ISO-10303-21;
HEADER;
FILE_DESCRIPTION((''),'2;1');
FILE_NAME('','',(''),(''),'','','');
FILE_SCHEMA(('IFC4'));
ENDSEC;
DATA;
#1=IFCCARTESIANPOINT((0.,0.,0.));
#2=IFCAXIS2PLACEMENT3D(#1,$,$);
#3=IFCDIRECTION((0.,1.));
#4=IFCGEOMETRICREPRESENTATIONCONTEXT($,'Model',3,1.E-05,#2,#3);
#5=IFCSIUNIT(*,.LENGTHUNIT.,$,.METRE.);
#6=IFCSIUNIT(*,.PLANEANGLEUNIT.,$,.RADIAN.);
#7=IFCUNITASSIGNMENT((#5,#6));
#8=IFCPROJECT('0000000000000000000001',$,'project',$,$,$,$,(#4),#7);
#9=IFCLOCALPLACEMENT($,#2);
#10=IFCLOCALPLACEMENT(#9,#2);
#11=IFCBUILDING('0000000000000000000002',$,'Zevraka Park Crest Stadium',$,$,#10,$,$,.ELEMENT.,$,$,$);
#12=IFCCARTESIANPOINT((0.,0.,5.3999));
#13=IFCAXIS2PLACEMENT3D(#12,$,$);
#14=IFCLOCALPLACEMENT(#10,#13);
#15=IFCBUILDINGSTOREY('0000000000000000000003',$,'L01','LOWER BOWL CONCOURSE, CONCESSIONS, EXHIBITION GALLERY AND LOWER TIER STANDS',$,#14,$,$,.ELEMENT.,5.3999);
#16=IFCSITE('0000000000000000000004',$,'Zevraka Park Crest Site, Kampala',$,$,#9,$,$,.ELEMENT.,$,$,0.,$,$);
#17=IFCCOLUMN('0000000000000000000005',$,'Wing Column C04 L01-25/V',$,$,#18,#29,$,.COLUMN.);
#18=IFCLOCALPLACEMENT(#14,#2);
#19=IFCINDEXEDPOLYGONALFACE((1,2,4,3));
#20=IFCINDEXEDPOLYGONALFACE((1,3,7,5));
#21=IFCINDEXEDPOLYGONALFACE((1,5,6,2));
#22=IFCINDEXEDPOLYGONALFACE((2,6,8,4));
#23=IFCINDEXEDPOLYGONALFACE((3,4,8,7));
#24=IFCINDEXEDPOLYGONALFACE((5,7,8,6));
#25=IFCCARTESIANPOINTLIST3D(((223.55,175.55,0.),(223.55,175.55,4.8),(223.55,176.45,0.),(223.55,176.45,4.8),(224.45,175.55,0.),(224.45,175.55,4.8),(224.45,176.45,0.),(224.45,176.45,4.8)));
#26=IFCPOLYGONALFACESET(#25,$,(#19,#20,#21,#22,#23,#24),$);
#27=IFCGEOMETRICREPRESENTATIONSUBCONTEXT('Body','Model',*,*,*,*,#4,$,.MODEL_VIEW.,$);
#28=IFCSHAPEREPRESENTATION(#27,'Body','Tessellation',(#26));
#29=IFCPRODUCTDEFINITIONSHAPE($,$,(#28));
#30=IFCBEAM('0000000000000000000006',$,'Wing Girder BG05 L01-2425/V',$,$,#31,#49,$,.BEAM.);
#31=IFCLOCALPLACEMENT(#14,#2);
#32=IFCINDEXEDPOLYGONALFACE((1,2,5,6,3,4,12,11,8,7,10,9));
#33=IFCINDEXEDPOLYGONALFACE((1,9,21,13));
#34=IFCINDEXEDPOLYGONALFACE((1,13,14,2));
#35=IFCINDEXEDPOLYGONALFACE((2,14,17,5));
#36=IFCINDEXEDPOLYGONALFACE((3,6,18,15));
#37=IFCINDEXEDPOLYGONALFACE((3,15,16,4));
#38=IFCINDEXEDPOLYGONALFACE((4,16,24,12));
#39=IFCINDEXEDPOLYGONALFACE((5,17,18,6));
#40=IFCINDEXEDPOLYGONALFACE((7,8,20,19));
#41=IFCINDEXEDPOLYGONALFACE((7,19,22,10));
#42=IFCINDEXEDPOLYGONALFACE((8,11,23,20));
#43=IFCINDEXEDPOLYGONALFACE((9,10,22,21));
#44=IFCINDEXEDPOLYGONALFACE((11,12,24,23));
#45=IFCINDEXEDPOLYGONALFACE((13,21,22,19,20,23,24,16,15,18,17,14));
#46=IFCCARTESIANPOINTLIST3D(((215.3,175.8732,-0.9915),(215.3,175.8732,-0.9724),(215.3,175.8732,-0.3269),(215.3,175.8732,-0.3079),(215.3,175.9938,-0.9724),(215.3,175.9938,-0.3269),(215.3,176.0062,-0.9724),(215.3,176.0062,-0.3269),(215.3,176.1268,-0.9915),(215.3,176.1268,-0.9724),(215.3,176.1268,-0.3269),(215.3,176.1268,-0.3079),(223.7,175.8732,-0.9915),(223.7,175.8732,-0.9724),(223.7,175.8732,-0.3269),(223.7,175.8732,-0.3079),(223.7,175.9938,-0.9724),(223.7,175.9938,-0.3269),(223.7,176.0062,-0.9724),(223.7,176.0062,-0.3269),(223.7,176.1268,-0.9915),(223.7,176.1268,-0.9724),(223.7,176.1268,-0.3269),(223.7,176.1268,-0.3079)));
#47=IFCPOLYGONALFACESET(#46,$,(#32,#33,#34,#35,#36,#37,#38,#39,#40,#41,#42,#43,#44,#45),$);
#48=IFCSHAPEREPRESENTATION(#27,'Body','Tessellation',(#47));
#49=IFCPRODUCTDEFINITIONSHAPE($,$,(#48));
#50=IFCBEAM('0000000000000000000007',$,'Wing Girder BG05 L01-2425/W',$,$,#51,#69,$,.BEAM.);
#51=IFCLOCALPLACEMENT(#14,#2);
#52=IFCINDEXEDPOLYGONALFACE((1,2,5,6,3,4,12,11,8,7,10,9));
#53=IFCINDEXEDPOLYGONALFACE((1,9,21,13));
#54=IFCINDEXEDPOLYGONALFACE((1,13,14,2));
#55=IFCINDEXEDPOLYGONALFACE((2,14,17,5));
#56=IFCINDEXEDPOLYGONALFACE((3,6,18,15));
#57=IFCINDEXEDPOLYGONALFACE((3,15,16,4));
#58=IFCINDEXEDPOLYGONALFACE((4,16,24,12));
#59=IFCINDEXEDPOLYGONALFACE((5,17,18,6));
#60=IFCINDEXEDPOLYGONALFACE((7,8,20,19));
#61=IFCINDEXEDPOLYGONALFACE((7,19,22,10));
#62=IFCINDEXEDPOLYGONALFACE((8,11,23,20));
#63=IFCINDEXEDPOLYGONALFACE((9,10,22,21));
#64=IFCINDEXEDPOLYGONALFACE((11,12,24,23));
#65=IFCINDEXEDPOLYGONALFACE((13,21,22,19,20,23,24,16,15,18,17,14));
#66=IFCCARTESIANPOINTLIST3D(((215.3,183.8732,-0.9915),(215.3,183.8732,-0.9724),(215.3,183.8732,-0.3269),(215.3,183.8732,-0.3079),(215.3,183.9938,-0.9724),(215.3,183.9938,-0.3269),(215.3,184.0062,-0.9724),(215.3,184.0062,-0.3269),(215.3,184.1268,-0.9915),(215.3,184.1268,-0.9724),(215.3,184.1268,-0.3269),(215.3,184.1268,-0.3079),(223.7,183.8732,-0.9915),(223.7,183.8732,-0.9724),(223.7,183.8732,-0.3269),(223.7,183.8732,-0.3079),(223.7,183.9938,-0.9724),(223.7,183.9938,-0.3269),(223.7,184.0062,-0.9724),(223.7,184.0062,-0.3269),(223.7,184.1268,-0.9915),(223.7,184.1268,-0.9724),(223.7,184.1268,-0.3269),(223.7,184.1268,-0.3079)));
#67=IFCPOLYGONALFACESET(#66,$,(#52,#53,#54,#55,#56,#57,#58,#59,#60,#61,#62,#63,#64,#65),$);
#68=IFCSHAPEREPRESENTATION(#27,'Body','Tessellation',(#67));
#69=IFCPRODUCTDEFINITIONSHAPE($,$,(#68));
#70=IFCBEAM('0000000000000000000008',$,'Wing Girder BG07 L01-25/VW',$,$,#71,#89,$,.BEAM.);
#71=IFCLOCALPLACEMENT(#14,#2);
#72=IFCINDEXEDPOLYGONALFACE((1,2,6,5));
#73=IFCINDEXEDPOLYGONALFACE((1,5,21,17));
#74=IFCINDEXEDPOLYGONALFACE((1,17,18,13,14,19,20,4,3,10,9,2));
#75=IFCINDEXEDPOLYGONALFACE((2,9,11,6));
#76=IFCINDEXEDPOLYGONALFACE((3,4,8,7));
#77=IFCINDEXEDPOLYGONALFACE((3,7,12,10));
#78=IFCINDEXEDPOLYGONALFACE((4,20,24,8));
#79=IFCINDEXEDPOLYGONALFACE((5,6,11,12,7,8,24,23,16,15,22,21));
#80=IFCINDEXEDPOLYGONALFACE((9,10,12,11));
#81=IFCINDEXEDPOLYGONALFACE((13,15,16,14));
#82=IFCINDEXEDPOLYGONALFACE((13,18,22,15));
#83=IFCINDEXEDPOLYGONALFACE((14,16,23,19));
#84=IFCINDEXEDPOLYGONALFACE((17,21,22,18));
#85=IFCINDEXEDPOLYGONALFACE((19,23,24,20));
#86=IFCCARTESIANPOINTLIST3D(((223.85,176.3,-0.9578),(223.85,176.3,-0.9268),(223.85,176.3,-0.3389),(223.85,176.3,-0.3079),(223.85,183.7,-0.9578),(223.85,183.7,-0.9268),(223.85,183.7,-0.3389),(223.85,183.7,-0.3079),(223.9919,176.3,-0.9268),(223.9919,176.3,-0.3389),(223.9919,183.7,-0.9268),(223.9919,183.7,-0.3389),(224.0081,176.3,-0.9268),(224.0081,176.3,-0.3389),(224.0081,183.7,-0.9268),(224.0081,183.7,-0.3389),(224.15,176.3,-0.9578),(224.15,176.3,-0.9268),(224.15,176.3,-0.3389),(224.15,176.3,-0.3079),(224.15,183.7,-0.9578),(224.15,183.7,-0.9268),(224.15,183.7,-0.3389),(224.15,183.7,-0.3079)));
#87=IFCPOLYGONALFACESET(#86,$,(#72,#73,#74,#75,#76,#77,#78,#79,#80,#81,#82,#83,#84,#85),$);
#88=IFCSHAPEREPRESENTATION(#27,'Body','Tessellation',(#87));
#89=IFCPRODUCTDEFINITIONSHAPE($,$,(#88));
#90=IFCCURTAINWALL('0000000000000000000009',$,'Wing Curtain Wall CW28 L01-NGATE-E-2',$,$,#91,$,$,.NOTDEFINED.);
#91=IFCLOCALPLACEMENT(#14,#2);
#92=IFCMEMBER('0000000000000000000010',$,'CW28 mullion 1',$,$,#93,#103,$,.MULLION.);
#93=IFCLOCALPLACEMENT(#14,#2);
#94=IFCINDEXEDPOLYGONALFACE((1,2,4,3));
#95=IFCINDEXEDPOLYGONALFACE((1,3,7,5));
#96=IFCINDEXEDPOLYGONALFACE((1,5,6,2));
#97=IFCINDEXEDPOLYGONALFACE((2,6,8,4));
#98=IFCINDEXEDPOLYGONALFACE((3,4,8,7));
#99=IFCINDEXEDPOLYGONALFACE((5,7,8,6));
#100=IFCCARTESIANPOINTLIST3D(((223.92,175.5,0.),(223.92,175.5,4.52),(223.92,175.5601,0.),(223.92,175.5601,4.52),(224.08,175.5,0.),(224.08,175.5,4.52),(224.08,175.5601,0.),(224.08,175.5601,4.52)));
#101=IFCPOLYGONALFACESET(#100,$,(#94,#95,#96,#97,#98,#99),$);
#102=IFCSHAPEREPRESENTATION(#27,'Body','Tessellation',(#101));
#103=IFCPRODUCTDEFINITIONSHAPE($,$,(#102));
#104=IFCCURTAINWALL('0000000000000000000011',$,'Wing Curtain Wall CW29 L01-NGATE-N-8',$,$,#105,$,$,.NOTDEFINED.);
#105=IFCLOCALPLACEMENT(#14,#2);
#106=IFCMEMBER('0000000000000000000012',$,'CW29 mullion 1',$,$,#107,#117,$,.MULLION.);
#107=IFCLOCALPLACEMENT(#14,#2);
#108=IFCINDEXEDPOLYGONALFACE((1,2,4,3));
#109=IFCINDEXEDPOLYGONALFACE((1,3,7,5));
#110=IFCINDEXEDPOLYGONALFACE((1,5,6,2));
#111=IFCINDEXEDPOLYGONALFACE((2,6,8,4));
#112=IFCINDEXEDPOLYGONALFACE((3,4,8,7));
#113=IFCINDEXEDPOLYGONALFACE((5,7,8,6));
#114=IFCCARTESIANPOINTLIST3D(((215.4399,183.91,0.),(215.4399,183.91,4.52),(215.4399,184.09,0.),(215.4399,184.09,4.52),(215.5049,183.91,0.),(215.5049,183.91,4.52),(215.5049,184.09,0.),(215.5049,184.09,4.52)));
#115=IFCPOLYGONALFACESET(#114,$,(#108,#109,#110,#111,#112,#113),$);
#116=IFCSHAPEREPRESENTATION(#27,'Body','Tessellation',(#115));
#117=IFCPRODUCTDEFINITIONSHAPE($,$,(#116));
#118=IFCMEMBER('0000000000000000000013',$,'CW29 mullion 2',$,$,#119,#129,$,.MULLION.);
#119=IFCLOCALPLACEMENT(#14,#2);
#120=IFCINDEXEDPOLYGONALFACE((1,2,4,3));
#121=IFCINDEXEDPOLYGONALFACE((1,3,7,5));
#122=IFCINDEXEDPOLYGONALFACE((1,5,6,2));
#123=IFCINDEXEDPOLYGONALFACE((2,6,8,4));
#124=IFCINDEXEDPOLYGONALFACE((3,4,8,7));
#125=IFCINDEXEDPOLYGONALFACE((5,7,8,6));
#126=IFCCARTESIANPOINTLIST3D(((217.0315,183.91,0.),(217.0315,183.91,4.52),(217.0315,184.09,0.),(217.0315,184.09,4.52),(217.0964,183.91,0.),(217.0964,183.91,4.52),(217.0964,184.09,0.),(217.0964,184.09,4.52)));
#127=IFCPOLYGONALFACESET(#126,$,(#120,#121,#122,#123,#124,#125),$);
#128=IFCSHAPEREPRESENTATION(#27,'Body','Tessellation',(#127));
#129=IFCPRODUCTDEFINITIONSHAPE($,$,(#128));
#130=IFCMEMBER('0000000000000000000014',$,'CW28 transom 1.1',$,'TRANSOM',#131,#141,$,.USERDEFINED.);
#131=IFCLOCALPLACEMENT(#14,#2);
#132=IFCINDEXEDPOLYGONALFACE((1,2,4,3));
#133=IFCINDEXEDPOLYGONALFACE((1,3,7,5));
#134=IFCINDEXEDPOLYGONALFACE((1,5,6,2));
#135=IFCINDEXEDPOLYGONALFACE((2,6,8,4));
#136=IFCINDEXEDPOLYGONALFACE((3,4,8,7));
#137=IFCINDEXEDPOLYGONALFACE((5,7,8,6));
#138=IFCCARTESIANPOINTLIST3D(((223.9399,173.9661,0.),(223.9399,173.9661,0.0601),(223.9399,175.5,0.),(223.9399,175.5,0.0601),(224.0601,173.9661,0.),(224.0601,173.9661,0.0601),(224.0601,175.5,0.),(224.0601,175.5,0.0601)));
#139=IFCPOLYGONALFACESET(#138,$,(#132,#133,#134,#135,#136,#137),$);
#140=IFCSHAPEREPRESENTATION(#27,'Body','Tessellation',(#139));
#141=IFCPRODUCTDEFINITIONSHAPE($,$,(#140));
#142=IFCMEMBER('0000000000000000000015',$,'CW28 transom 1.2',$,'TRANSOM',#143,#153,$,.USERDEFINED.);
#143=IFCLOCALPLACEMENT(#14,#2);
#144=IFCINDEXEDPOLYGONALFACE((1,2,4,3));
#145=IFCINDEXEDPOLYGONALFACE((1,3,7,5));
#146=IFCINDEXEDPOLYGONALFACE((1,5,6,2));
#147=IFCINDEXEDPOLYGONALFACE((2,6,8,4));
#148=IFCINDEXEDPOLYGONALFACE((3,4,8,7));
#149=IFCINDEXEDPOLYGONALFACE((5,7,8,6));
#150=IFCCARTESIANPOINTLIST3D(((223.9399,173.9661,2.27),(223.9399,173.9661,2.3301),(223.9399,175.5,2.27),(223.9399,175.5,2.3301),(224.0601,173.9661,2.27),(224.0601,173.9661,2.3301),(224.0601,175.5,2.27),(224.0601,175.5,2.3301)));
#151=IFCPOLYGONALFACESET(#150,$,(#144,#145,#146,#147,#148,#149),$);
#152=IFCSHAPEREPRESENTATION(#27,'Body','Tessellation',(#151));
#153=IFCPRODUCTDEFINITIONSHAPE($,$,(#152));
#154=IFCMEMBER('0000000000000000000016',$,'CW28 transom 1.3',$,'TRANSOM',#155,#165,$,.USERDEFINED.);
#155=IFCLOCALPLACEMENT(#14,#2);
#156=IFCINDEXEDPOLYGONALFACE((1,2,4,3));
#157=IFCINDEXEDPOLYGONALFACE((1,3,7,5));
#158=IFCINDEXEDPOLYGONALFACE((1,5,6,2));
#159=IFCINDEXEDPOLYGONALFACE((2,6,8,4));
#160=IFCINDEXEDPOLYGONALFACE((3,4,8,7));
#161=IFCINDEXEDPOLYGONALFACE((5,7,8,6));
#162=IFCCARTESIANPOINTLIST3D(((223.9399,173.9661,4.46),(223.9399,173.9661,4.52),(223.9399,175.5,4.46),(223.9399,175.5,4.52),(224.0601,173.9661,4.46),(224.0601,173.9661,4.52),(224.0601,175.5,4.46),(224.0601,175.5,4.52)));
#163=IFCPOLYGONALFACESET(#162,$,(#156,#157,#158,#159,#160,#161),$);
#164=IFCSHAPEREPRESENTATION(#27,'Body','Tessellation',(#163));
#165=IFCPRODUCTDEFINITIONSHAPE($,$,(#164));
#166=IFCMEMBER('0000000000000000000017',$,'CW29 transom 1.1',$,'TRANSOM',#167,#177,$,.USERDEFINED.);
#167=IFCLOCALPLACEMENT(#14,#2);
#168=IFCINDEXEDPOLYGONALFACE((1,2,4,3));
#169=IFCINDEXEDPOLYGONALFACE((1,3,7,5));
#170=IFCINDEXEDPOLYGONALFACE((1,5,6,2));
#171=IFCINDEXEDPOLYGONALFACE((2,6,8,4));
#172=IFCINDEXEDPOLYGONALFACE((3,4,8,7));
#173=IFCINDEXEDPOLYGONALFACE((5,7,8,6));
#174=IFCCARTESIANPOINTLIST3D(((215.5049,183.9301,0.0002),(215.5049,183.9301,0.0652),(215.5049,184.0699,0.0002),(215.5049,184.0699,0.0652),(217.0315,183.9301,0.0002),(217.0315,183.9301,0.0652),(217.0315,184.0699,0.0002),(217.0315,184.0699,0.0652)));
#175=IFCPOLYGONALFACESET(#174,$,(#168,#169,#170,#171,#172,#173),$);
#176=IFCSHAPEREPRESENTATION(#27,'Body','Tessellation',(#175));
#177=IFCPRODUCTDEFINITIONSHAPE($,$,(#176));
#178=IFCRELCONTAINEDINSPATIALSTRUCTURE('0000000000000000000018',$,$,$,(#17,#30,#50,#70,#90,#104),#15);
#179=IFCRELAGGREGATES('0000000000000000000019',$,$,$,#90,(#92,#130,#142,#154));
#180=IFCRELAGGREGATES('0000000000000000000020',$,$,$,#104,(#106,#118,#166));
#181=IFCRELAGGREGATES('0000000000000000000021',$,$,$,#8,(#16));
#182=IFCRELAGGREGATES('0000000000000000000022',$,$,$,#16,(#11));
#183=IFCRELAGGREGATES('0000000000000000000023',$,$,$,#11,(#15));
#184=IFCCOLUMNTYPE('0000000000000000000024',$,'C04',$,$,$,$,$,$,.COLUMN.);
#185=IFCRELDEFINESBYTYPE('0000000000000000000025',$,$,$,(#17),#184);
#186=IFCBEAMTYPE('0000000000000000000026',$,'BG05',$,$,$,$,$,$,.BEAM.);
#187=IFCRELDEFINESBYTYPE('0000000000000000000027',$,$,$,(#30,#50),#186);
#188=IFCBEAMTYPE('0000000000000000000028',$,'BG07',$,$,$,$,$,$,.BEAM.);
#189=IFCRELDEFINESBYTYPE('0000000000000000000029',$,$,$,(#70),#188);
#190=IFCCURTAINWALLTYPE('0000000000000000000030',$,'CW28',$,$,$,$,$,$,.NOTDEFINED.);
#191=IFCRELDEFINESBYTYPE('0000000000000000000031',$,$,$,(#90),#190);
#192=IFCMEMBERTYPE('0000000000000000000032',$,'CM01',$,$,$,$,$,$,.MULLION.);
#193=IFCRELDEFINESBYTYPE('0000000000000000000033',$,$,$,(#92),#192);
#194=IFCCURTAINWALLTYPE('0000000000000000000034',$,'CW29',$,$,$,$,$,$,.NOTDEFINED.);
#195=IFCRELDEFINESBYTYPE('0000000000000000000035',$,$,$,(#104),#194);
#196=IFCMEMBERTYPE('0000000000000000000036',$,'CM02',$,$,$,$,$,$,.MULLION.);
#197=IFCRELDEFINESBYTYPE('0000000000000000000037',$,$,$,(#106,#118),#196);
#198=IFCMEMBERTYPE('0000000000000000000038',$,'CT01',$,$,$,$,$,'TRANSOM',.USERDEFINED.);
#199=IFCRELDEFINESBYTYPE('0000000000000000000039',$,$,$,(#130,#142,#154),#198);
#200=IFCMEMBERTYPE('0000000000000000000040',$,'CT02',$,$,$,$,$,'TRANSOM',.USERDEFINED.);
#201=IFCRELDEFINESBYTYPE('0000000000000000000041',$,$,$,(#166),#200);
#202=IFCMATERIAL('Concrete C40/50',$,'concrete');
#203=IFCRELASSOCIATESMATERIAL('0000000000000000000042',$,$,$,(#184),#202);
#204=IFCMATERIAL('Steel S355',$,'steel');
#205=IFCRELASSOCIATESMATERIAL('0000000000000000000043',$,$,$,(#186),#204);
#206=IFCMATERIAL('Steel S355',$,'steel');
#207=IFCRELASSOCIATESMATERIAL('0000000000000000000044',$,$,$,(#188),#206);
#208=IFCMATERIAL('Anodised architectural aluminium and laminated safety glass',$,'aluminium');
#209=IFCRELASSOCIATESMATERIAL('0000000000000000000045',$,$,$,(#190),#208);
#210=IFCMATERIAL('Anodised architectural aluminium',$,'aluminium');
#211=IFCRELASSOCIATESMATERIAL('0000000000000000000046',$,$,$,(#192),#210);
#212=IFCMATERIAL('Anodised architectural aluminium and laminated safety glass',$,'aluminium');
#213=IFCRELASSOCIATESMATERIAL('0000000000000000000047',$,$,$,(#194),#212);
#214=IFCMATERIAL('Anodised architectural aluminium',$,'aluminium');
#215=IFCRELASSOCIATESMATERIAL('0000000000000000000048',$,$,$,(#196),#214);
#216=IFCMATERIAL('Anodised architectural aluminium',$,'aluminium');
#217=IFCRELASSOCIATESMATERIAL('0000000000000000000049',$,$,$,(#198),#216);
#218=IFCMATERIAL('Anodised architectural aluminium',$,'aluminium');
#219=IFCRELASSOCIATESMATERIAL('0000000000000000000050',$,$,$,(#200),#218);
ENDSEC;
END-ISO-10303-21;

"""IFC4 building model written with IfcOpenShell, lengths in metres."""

from ifc_helpers import new_model, si_unit, direction, frame, origin, origin_2d, place, context, subcontext, project, spatial, rectangle, i_section, extrude, material, material_profile, profile_set, type_object, element, aggregate, save


model = new_model("IFC4")

# Units and contexts
model_context = context("Model", 3, precision=1e-05, world=origin(), true_north=direction((0.0, 1.0)))
body_context = subcontext(model_context, "Body", "Model", "MODEL_VIEW")
ifc_project = project(units=[si_unit("LENGTHUNIT", "METRE"), si_unit("PLANEANGLEUNIT", "RADIAN")], contexts=[model_context])

# Site, building, storey
site_placement = place(None, origin())
site = spatial("IfcSite", under=ifc_project, at=site_placement, Name="Zevraka Park Crest Site, Kampala", CompositionType="ELEMENT", RefElevation=0.0)
building_placement = place(site_placement, origin())
building = spatial("IfcBuilding", under=site, at=building_placement, Name="Zevraka Park Crest Stadium", CompositionType="ELEMENT")
storey_placement = place(building_placement, frame((0.0, 0.0, 5.3999)))
storey = spatial("IfcBuildingStorey", under=building, at=storey_placement, Name="L01", Description="LOWER BOWL CONCOURSE, CONCESSIONS, EXHIBITION GALLERY AND LOWER TIER STANDS", CompositionType="ELEMENT", Elevation=5.3999)

# Column
ifc_material_1 = material(Name="Concrete C40/50", Category="concrete")
ifc_material_profile_1 = material_profile(ifc_material_1, rectangle(XDim=0.8999, YDim=0.8999, at=origin_2d()), Name="RC 900x900")
ifc_profile_set_1 = profile_set([ifc_material_profile_1], Name="Concrete C40/50")
column_type = type_object("IfcColumnType", Name="C04", PredefinedType="COLUMN", material=ifc_profile_set_1)
column_placement = place(storey_placement, frame((224.0, 176.0, 0.0), z_axis=(0.0, 0.0, 1.0), x_axis=(1.0, 0.0, 0.0)))
element("IfcColumn", 1, at=column_placement, inside=storey, type_object=column_type, Name="Wing Column C04 L01-25/V", PredefinedType="COLUMN", context=body_context, shape_type="SweptSolid", body=[
    extrude(rectangle(XDim=0.8999, YDim=0.8999, at=origin_2d()), origin(), (0.0, 0.0, 1.0), 4.8),
])

# Beams
ifc_material_2 = material(Name="Steel S355", Category="steel")
ifc_material_profile_2 = material_profile(ifc_material_2, i_section(OverallWidth=0.2537, OverallDepth=0.6836, WebThickness=0.0125, FlangeThickness=0.019, at=origin_2d()), Name="UKB 686x254x140")
ifc_profile_set_2 = profile_set([ifc_material_profile_2], Name="Steel S355")
beam_type_1 = type_object("IfcBeamType", Name="BG05", PredefinedType="BEAM", material=ifc_profile_set_2)
for number, where, z_axis, x_axis, name in (
    (2, (215.3, 176.0, -0.6497), (1.0, 0.0, 0.0), (0.0, 1.0, 0.0), "Wing Girder BG05 L01-2425/V"),
    (3, (215.3, 184.0, -0.6497), (1.0, 0.0, 0.0), (0.0, 1.0, 0.0), "Wing Girder BG05 L01-2425/W"),
):
    element("IfcBeam", number, at=place(storey_placement, frame(where, z_axis=z_axis, x_axis=x_axis)), inside=storey, type_object=beam_type_1, Name=name, PredefinedType="BEAM", context=body_context, shape_type="SweptSolid", body=[
        extrude(i_section(OverallWidth=0.2537, OverallDepth=0.6836, WebThickness=0.0125, FlangeThickness=0.019, at=origin_2d()), origin(), (0.0, 0.0, 1.0), 8.3999),
    ])
ifc_material_3 = material(Name="Steel S355", Category="steel")
ifc_material_profile_3 = material_profile(ifc_material_3, i_section(OverallWidth=0.3, OverallDepth=0.6499, WebThickness=0.0161, FlangeThickness=0.031, at=origin_2d()), Name="HEB 650")
ifc_profile_set_3 = profile_set([ifc_material_profile_3], Name="Steel S355")
beam_type_2 = type_object("IfcBeamType", Name="BG07", PredefinedType="BEAM", material=ifc_profile_set_3)
beam_placement = place(storey_placement, frame((224.0, 176.3, -0.6328), z_axis=(0.0, 1.0, 0.0), x_axis=(-1.0, 0.0, 0.0)))
element("IfcBeam", 4, at=beam_placement, inside=storey, type_object=beam_type_2, Name="Wing Girder BG07 L01-25/VW", PredefinedType="BEAM", context=body_context, shape_type="SweptSolid", body=[
    extrude(i_section(OverallWidth=0.3, OverallDepth=0.6499, WebThickness=0.0161, FlangeThickness=0.031, at=origin_2d()), origin(), (0.0, 0.0, 1.0), 7.3999),
])

# Curtain wall, member
ifc_material_4 = material(Name="Anodised architectural aluminium and laminated safety glass", Category="aluminium")
curtain_wall_type_1 = type_object("IfcCurtainWallType", Name="CW28", PredefinedType="NOTDEFINED", material=ifc_material_4)
curtain_wall_1_placement = place(storey_placement, origin())
curtain_wall_1 = element("IfcCurtainWall", 5, at=curtain_wall_1_placement, inside=storey, type_object=curtain_wall_type_1, Name="Wing Curtain Wall CW28 L01-NGATE-E-2", PredefinedType="NOTDEFINED")
ifc_material_5 = material(Name="Anodised architectural aluminium", Category="aluminium")
ifc_material_profile_4 = material_profile(ifc_material_5, rectangle(XDim=0.1599, YDim=0.0601, at=origin_2d()), Name="ALU MULLION 160x60")
ifc_profile_set_4 = profile_set([ifc_material_profile_4], Name="Anodised architectural aluminium")
member_type_1 = type_object("IfcMemberType", Name="CM01", PredefinedType="MULLION", material=ifc_profile_set_4)
member_1_placement = place(storey_placement, frame((224.0, 175.53, 0.0), z_axis=(0.0, 0.0, 1.0), x_axis=(1.0, 0.0, 0.0)))
member_1 = element("IfcMember", 6, at=member_1_placement, type_object=member_type_1, Name="CW28 mullion 1", PredefinedType="MULLION", context=body_context, shape_type="SweptSolid", body=[
    extrude(rectangle(XDim=0.1599, YDim=0.0601, at=origin_2d()), origin(), (0.0, 0.0, 1.0), 4.52),
])

# Curtain wall, members
ifc_material_6 = material(Name="Anodised architectural aluminium and laminated safety glass", Category="aluminium")
curtain_wall_type_2 = type_object("IfcCurtainWallType", Name="CW29", PredefinedType="NOTDEFINED", material=ifc_material_6)
curtain_wall_2_placement = place(storey_placement, origin())
curtain_wall_2 = element("IfcCurtainWall", 7, at=curtain_wall_2_placement, inside=storey, type_object=curtain_wall_type_2, Name="Wing Curtain Wall CW29 L01-NGATE-N-8", PredefinedType="NOTDEFINED")
ifc_material_7 = material(Name="Anodised architectural aluminium", Category="aluminium")
ifc_material_profile_5 = material_profile(ifc_material_7, rectangle(XDim=0.1799, YDim=0.0649, at=origin_2d()), Name="ALU MULLION 180x65")
ifc_profile_set_5 = profile_set([ifc_material_profile_5], Name="Anodised architectural aluminium")
member_type_2 = type_object("IfcMemberType", Name="CM02", PredefinedType="MULLION", material=ifc_profile_set_5)
member_2_placement = place(storey_placement, frame((215.4724, 184.0, 0.0), z_axis=(0.0, 0.0, 1.0), x_axis=(0.0, 1.0, 0.0)))
member_2 = element("IfcMember", 8, at=member_2_placement, type_object=member_type_2, Name="CW29 mullion 1", PredefinedType="MULLION", context=body_context, shape_type="SweptSolid", body=[
    extrude(rectangle(XDim=0.1799, YDim=0.0649, at=origin_2d()), origin(), (0.0, 0.0, 1.0), 4.52),
])
member_3_placement = place(storey_placement, frame((217.064, 184.0, 0.0), z_axis=(0.0, 0.0, 1.0), x_axis=(0.0, 1.0, 0.0)))
member_3 = element("IfcMember", 9, at=member_3_placement, type_object=member_type_2, Name="CW29 mullion 2", PredefinedType="MULLION", context=body_context, shape_type="SweptSolid", body=[
    extrude(rectangle(XDim=0.1799, YDim=0.0649, at=origin_2d()), origin(), (0.0, 0.0, 1.0), 4.52),
])

# Members
ifc_material_8 = material(Name="Anodised architectural aluminium", Category="aluminium")
ifc_material_profile_6 = material_profile(ifc_material_8, rectangle(XDim=0.1201, YDim=0.0601, at=origin_2d()), Name="ALU TRANSOM 120x60")
ifc_profile_set_6 = profile_set([ifc_material_profile_6], Name="Anodised architectural aluminium")
member_type_3 = type_object("IfcMemberType", Name="CT01", ElementType="TRANSOM", PredefinedType="USERDEFINED", material=ifc_profile_set_6)
member_4_placement = place(storey_placement, frame((224.0, 175.5, 0.03), z_axis=(0.0, -1.0, 0.0), x_axis=(1.0, 0.0, 0.0)))
member_4 = element("IfcMember", 10, at=member_4_placement, type_object=member_type_3, Name="CW28 transom 1.1", ObjectType="TRANSOM", PredefinedType="USERDEFINED", context=body_context, shape_type="SweptSolid", body=[
    extrude(rectangle(XDim=0.1201, YDim=0.0601, at=origin_2d()), origin(), (0.0, 0.0, 1.0), 1.5339),
])
member_5_placement = place(storey_placement, frame((224.0, 175.5, 2.3), z_axis=(0.0, -1.0, 0.0), x_axis=(1.0, 0.0, 0.0)))
member_5 = element("IfcMember", 11, at=member_5_placement, type_object=member_type_3, Name="CW28 transom 1.2", ObjectType="TRANSOM", PredefinedType="USERDEFINED", context=body_context, shape_type="SweptSolid", body=[
    extrude(rectangle(XDim=0.1201, YDim=0.0601, at=origin_2d()), origin(), (0.0, 0.0, 1.0), 1.5339),
])
member_6_placement = place(storey_placement, frame((224.0, 175.5, 4.49), z_axis=(0.0, -1.0, 0.0), x_axis=(1.0, 0.0, 0.0)))
member_6 = element("IfcMember", 12, at=member_6_placement, type_object=member_type_3, Name="CW28 transom 1.3", ObjectType="TRANSOM", PredefinedType="USERDEFINED", context=body_context, shape_type="SweptSolid", body=[
    extrude(rectangle(XDim=0.1201, YDim=0.0601, at=origin_2d()), origin(), (0.0, 0.0, 1.0), 1.5339),
])
ifc_material_9 = material(Name="Anodised architectural aluminium", Category="aluminium")
ifc_material_profile_7 = material_profile(ifc_material_9, rectangle(XDim=0.1399, YDim=0.0649, at=origin_2d()), Name="ALU TRANSOM 140x65")
ifc_profile_set_7 = profile_set([ifc_material_profile_7], Name="Anodised architectural aluminium")
member_type_4 = type_object("IfcMemberType", Name="CT02", ElementType="TRANSOM", PredefinedType="USERDEFINED", material=ifc_profile_set_7)
member_7_placement = place(storey_placement, frame((215.5049, 184.0, 0.0327), z_axis=(1.0, 0.0, 0.0), x_axis=(0.0, 1.0, 0.0)))
member_7 = element("IfcMember", 13, at=member_7_placement, type_object=member_type_4, Name="CW29 transom 1.1", ObjectType="TRANSOM", PredefinedType="USERDEFINED", context=body_context, shape_type="SweptSolid", body=[
    extrude(rectangle(XDim=0.1399, YDim=0.0649, at=origin_2d()), origin(), (0.0, 0.0, 1.0), 1.5266),
])

aggregate(curtain_wall_1, [member_1, member_4, member_5, member_6])
aggregate(curtain_wall_2, [member_2, member_3, member_7])

save(model, "model.ifc")
